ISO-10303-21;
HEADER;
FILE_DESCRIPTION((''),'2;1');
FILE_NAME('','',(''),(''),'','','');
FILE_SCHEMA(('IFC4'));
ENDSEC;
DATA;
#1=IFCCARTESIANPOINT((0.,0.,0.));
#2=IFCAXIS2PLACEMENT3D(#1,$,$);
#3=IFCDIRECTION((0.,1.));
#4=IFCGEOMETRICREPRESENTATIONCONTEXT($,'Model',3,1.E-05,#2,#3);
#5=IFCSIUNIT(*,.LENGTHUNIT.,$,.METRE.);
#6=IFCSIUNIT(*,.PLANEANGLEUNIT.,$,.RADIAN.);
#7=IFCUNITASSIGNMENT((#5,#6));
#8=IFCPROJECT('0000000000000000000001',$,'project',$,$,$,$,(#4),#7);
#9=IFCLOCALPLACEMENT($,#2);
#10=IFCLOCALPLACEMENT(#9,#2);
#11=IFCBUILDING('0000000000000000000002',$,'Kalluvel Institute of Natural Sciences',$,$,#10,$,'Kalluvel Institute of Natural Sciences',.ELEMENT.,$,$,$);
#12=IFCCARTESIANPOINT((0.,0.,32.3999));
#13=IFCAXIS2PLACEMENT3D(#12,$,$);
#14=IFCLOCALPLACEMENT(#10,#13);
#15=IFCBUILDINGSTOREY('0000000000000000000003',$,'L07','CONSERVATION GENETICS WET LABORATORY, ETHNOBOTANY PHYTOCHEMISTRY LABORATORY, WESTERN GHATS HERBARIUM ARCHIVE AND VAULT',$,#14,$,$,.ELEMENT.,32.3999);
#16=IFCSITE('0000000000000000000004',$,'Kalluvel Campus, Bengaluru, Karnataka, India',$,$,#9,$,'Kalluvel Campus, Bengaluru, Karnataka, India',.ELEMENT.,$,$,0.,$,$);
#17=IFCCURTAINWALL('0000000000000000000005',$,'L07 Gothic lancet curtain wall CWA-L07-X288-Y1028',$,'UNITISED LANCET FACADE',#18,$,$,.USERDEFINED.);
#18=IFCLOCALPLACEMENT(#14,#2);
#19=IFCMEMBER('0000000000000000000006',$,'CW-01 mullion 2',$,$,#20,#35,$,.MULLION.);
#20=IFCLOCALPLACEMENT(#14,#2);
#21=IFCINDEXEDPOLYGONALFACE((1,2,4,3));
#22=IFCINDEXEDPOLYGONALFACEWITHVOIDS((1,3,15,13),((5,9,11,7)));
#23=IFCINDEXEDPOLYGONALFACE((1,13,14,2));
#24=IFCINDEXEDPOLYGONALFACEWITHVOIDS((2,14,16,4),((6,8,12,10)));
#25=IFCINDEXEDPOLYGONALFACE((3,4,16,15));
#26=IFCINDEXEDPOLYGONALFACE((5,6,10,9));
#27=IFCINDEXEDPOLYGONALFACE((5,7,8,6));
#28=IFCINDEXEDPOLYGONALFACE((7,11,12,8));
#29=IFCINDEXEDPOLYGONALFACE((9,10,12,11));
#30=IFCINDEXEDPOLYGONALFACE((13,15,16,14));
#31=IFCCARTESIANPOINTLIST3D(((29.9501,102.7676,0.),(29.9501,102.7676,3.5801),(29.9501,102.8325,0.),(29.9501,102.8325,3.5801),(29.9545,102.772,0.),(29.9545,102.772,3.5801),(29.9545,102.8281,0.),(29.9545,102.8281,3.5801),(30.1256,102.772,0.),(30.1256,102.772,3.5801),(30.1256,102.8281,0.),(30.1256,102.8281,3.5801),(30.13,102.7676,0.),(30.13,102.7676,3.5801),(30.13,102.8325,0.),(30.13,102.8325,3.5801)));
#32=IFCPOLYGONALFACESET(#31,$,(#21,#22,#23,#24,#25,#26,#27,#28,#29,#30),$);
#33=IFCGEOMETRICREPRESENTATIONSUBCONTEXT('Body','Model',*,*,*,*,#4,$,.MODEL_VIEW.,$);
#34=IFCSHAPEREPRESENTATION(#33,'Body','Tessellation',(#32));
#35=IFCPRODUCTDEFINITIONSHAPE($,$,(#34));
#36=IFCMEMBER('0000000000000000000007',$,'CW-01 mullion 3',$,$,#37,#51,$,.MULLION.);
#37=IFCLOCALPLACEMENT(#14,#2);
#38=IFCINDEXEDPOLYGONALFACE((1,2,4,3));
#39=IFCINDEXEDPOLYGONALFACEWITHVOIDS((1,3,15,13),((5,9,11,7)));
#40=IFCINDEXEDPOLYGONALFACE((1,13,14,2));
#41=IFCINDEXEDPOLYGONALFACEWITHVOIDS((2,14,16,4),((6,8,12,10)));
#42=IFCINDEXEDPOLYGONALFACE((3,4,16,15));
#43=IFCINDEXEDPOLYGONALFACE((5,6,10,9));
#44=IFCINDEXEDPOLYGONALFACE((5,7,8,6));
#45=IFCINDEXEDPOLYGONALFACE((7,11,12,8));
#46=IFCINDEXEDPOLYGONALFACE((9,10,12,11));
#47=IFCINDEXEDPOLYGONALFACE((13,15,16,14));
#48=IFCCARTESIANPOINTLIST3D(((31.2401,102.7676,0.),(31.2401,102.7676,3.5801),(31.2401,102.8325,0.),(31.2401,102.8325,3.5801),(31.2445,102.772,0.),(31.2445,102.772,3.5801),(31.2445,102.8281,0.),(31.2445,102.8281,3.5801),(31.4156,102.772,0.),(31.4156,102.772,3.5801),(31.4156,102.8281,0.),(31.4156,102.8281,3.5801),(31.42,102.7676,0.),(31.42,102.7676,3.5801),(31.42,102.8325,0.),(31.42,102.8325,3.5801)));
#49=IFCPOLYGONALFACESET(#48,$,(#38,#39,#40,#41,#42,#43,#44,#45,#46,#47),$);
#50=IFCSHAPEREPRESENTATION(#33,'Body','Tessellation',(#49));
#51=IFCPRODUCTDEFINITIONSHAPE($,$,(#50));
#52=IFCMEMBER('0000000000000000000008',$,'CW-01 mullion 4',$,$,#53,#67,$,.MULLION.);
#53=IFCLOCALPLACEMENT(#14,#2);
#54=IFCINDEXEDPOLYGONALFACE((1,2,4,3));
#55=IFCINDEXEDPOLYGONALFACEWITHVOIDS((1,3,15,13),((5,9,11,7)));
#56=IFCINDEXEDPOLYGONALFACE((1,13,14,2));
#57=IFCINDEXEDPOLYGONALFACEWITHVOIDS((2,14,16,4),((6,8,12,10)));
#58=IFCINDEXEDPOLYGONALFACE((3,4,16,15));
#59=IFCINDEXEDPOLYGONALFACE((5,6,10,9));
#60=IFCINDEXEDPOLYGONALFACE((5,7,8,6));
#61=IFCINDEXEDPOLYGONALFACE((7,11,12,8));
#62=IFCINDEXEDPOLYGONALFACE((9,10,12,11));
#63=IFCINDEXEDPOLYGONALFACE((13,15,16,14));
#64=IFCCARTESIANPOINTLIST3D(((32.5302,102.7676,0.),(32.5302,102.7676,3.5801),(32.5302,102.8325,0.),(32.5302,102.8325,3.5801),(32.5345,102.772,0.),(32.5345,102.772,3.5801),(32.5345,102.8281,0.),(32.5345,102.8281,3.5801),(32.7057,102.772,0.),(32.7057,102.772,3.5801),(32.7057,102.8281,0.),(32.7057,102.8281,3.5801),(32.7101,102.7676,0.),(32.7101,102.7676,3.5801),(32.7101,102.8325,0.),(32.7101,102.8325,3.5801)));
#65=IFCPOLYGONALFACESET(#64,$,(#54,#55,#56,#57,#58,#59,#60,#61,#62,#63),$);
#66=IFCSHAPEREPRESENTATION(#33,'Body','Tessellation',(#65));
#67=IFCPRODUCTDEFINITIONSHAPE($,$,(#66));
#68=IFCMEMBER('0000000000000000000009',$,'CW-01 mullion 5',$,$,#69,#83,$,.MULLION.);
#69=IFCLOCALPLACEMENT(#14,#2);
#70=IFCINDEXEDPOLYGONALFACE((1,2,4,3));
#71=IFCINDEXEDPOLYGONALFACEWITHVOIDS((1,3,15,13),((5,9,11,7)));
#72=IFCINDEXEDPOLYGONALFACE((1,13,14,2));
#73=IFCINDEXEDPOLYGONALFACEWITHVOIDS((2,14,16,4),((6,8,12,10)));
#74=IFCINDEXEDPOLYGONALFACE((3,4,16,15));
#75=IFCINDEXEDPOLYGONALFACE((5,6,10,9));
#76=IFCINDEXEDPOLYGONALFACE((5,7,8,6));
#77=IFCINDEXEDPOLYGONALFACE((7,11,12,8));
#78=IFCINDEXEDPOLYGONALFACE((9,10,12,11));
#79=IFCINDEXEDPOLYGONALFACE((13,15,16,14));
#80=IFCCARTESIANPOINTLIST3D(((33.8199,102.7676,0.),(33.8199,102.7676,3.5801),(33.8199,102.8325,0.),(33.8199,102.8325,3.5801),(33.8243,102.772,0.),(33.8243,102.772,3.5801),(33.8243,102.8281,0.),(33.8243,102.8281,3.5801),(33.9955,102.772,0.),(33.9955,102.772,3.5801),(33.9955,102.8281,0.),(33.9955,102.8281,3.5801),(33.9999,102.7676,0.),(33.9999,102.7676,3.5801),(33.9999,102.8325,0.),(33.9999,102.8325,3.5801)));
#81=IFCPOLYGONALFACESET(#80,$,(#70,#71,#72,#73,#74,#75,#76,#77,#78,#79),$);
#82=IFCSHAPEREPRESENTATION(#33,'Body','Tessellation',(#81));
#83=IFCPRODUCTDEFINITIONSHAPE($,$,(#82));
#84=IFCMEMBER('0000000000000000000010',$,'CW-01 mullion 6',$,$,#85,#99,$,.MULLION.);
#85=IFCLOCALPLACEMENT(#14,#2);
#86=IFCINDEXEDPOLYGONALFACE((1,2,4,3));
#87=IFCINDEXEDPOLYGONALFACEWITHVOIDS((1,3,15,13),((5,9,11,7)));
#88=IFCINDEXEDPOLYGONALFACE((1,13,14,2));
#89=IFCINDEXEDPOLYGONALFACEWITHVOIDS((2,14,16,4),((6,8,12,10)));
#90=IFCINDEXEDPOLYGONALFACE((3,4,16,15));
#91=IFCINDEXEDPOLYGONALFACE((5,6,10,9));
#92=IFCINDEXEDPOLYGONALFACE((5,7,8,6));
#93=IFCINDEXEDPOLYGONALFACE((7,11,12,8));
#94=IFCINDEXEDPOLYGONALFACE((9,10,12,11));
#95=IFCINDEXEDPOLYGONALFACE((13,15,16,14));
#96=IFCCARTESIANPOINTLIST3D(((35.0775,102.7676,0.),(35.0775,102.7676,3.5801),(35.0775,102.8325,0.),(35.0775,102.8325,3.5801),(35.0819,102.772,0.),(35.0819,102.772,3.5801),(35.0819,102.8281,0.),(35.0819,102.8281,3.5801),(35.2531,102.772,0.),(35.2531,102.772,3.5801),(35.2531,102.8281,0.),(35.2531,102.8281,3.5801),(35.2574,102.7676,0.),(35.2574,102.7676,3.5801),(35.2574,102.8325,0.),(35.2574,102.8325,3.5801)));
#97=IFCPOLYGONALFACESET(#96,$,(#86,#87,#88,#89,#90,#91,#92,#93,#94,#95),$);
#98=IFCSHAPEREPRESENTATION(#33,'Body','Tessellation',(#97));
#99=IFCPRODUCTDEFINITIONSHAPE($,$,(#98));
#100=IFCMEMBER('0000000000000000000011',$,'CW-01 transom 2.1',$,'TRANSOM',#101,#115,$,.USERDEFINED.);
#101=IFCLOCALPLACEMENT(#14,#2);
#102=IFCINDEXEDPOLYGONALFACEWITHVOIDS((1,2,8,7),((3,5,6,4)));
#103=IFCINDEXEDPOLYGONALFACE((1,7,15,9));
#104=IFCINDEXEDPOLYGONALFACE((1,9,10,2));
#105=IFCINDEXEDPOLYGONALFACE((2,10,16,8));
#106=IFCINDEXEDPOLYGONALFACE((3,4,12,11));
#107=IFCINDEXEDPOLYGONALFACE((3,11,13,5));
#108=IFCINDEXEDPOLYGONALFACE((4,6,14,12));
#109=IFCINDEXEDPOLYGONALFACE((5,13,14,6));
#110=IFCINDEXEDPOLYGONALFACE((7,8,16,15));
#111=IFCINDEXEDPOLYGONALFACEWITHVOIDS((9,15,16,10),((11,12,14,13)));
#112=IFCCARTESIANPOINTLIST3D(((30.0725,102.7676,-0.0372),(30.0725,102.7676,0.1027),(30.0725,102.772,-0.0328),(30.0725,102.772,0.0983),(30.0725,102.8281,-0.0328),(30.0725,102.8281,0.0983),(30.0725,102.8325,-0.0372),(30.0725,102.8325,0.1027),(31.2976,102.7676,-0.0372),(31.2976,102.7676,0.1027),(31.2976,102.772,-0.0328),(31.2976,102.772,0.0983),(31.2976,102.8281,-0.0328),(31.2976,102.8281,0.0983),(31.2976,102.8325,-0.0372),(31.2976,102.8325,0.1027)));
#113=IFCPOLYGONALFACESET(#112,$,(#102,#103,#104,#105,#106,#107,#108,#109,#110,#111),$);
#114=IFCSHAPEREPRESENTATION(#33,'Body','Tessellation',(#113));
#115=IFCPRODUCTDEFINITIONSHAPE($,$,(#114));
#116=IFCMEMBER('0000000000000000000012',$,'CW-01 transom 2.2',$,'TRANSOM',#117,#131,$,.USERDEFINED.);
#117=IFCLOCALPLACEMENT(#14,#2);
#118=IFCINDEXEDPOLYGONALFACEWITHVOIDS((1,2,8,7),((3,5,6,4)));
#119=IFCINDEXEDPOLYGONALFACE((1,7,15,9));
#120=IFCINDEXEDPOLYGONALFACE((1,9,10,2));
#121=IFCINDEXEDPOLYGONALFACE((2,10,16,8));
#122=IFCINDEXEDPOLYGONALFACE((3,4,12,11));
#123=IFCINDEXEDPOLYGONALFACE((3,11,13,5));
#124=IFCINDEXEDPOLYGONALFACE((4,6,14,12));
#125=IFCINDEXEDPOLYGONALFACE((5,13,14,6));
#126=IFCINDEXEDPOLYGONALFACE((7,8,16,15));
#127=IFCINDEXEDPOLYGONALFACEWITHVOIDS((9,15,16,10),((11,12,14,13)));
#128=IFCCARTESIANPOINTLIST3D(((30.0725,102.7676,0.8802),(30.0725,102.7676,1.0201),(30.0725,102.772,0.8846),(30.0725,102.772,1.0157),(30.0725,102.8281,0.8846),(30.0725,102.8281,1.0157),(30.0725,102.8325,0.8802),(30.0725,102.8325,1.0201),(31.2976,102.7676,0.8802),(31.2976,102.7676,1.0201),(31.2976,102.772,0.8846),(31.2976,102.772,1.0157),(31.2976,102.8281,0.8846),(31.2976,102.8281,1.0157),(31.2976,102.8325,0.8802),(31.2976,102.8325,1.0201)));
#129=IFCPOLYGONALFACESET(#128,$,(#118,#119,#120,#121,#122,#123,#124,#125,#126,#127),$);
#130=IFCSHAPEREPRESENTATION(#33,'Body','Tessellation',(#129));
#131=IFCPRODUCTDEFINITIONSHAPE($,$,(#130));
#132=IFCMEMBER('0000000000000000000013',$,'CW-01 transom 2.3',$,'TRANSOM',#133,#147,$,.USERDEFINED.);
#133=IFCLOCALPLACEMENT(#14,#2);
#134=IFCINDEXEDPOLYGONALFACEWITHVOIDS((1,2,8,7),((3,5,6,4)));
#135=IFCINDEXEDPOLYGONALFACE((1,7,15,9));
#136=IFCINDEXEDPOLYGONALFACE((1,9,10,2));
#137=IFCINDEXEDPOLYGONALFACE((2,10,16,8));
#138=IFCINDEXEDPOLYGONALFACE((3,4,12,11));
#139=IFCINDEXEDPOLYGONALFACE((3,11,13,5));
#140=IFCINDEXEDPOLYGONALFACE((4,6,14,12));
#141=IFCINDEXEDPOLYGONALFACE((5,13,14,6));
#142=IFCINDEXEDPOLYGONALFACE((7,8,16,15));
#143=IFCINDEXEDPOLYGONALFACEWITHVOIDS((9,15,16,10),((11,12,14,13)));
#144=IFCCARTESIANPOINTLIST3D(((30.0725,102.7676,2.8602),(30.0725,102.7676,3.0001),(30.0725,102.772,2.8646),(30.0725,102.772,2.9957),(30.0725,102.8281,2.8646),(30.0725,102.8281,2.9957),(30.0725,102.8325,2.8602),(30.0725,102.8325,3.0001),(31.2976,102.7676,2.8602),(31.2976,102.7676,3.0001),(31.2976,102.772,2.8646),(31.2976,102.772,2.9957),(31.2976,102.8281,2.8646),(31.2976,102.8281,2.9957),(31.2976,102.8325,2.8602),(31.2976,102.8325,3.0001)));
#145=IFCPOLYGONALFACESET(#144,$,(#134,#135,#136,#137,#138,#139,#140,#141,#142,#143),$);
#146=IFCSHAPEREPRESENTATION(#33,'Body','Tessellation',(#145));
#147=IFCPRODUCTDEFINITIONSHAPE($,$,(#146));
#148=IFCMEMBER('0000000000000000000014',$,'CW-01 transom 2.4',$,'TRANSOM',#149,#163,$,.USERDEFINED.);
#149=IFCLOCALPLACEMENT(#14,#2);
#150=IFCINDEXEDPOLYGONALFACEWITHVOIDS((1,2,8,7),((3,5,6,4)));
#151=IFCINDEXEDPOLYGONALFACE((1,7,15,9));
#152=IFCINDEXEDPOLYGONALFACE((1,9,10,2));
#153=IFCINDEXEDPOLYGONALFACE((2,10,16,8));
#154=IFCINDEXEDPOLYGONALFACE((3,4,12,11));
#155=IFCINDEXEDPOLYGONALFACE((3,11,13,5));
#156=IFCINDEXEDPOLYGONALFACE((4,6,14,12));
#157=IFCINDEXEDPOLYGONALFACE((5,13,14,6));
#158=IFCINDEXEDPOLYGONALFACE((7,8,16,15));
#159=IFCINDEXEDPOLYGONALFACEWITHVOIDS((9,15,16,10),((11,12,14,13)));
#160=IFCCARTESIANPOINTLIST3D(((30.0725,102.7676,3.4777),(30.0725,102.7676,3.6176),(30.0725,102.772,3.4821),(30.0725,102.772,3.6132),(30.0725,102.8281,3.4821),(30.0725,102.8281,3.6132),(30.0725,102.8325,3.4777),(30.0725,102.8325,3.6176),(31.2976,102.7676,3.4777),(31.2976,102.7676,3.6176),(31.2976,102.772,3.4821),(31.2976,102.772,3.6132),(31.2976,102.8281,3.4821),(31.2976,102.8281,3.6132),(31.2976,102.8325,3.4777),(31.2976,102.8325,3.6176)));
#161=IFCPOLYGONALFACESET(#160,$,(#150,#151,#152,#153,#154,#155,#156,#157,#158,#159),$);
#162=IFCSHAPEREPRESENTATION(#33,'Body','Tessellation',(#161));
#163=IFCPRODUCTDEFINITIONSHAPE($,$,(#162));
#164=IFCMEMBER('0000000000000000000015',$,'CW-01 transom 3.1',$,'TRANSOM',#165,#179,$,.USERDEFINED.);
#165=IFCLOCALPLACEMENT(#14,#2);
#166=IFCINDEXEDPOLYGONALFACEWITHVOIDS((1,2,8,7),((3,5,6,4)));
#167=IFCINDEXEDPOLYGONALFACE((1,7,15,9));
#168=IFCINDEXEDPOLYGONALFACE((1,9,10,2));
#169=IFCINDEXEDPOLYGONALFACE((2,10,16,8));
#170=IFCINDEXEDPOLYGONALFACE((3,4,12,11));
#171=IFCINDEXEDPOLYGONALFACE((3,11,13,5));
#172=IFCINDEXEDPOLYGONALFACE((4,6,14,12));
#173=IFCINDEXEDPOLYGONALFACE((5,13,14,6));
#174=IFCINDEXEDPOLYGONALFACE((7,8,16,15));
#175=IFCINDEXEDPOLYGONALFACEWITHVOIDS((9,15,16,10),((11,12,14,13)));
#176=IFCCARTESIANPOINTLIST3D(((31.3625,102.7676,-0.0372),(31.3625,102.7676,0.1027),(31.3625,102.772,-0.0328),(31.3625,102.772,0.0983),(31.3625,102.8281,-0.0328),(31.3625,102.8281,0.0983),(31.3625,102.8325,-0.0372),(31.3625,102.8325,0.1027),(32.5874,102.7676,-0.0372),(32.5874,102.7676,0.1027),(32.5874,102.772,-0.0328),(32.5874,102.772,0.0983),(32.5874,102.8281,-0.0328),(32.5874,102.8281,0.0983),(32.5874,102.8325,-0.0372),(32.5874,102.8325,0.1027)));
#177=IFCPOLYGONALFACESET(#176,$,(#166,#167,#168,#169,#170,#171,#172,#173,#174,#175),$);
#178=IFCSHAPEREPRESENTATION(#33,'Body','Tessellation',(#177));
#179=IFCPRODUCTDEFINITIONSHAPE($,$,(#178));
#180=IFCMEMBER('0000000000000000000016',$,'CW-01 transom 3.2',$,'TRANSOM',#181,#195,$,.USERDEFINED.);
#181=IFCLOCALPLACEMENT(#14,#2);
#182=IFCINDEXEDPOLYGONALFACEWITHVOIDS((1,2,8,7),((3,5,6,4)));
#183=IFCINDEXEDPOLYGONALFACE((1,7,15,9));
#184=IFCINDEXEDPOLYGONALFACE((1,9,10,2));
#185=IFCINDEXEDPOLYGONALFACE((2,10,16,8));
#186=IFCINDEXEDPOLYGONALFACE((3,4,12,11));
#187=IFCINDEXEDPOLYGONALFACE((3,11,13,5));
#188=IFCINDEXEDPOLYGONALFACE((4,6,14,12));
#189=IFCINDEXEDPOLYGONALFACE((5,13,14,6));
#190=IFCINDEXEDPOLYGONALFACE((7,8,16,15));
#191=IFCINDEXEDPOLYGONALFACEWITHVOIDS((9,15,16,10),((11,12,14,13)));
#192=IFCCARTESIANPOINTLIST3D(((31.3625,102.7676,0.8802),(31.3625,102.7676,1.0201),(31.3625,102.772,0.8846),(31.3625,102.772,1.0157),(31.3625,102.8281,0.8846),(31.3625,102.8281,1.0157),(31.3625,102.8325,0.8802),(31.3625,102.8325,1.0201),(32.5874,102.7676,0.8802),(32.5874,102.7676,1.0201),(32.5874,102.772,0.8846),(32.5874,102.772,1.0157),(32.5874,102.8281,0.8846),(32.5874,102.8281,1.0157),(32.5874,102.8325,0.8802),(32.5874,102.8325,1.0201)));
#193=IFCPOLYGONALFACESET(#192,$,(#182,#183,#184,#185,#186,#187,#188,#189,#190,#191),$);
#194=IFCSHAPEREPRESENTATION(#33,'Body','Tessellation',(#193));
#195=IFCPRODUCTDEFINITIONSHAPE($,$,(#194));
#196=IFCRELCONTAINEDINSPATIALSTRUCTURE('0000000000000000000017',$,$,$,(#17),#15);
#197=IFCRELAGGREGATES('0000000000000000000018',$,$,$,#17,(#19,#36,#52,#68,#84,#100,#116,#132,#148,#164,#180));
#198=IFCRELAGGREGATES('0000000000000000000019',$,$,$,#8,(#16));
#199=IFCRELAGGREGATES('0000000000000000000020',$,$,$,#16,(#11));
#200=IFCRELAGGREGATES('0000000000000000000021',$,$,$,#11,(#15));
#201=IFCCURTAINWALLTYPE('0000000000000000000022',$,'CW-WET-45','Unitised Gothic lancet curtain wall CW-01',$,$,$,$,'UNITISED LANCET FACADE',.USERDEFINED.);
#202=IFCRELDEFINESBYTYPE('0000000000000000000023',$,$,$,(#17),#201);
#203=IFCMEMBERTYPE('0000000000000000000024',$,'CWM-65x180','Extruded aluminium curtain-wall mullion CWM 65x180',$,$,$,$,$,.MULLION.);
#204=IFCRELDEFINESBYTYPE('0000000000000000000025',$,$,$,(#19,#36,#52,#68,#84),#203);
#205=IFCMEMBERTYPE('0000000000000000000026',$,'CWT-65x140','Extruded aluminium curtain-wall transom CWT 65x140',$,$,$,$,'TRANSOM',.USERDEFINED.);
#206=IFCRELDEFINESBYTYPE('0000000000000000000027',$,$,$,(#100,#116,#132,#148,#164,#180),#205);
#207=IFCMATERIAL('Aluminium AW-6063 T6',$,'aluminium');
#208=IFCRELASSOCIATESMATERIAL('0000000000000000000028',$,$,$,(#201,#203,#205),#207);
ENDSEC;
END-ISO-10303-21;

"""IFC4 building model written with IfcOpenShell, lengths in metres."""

from ifc_helpers import new_model, si_unit, direction, frame, origin, origin_2d, place, context, subcontext, project, spatial, hollow_rectangle, extrude, material, material_profile, profile_set, type_object, element, aggregate, save


model = new_model("IFC4")

# Units and contexts
model_context = context("Model", 3, precision=1e-05, world=origin(), true_north=direction((0.0, 1.0)))
body_context = subcontext(model_context, "Body", "Model", "MODEL_VIEW")
ifc_project = project(units=[si_unit("LENGTHUNIT", "METRE"), si_unit("PLANEANGLEUNIT", "RADIAN")], contexts=[model_context])

# Site, building, storey
site_placement = place(None, origin())
site = spatial("IfcSite", under=ifc_project, at=site_placement, Name="Kalluvel Campus, Bengaluru, Karnataka, India", LongName="Kalluvel Campus, Bengaluru, Karnataka, India", CompositionType="ELEMENT", RefElevation=0.0)
building_placement = place(site_placement, origin())
building = spatial("IfcBuilding", under=site, at=building_placement, Name="Kalluvel Institute of Natural Sciences", LongName="Kalluvel Institute of Natural Sciences", CompositionType="ELEMENT")
storey_placement = place(building_placement, frame((0.0, 0.0, 32.3999)))
storey = spatial("IfcBuildingStorey", under=building, at=storey_placement, Name="L07", Description="CONSERVATION GENETICS WET LABORATORY, ETHNOBOTANY PHYTOCHEMISTRY LABORATORY, WESTERN GHATS HERBARIUM ARCHIVE AND VAULT", CompositionType="ELEMENT", Elevation=32.3999)

# Curtain wall, members
ifc_material_1 = material(Name="Aluminium AW-6063 T6", Category="aluminium")
curtain_wall_type = type_object("IfcCurtainWallType", Name="CW-WET-45", Description="Unitised Gothic lancet curtain wall CW-01", ElementType="UNITISED LANCET FACADE", PredefinedType="USERDEFINED", material=ifc_material_1)
curtain_wall_placement = place(storey_placement, origin())
curtain_wall = element("IfcCurtainWall", 1, at=curtain_wall_placement, inside=storey, type_object=curtain_wall_type, Name="L07 Gothic lancet curtain wall CWA-L07-X288-Y1028", ObjectType="UNITISED LANCET FACADE", PredefinedType="USERDEFINED")
ifc_material_profile_1 = material_profile(ifc_material_1, hollow_rectangle(XDim=0.0649, YDim=0.1799, WallThickness=0.0044, at=origin_2d()), Name="CWM 65x180")
ifc_profile_set_1 = profile_set([ifc_material_profile_1], Name="Aluminium AW-6063 T6")
member_type_1 = type_object("IfcMemberType", Name="CWM-65x180", Description="Extruded aluminium curtain-wall mullion CWM 65x180", PredefinedType="MULLION", material=ifc_profile_set_1)
member_1_placement = place(storey_placement, frame((30.04, 102.8, 0.0), z_axis=(0.0, 0.0, 1.0), x_axis=(0.0, 1.0, 0.0)))
member_1 = element("IfcMember", 2, at=member_1_placement, type_object=member_type_1, Name="CW-01 mullion 2", PredefinedType="MULLION", context=body_context, shape_type="SweptSolid", body=[
    extrude(hollow_rectangle(XDim=0.0649, YDim=0.1799, WallThickness=0.0044, at=origin_2d()), origin(), (0.0, 0.0, 1.0), 3.5801),
])
member_2_placement = place(storey_placement, frame((31.3301, 102.8, 0.0), z_axis=(0.0, 0.0, 1.0), x_axis=(0.0, 1.0, 0.0)))
member_2 = element("IfcMember", 3, at=member_2_placement, type_object=member_type_1, Name="CW-01 mullion 3", PredefinedType="MULLION", context=body_context, shape_type="SweptSolid", body=[
    extrude(hollow_rectangle(XDim=0.0649, YDim=0.1799, WallThickness=0.0044, at=origin_2d()), origin(), (0.0, 0.0, 1.0), 3.5801),
])
member_3_placement = place(storey_placement, frame((32.6201, 102.8, 0.0), z_axis=(0.0, 0.0, 1.0), x_axis=(0.0, 1.0, 0.0)))
member_3 = element("IfcMember", 4, at=member_3_placement, type_object=member_type_1, Name="CW-01 mullion 4", PredefinedType="MULLION", context=body_context, shape_type="SweptSolid", body=[
    extrude(hollow_rectangle(XDim=0.0649, YDim=0.1799, WallThickness=0.0044, at=origin_2d()), origin(), (0.0, 0.0, 1.0), 3.5801),
])
member_4_placement = place(storey_placement, frame((33.9099, 102.8, 0.0), z_axis=(0.0, 0.0, 1.0), x_axis=(0.0, 1.0, 0.0)))
member_4 = element("IfcMember", 5, at=member_4_placement, type_object=member_type_1, Name="CW-01 mullion 5", PredefinedType="MULLION", context=body_context, shape_type="SweptSolid", body=[
    extrude(hollow_rectangle(XDim=0.0649, YDim=0.1799, WallThickness=0.0044, at=origin_2d()), origin(), (0.0, 0.0, 1.0), 3.5801),
])
member_5_placement = place(storey_placement, frame((35.1675, 102.8, 0.0), z_axis=(0.0, 0.0, 1.0), x_axis=(0.0, 1.0, 0.0)))
member_5 = element("IfcMember", 6, at=member_5_placement, type_object=member_type_1, Name="CW-01 mullion 6", PredefinedType="MULLION", context=body_context, shape_type="SweptSolid", body=[
    extrude(hollow_rectangle(XDim=0.0649, YDim=0.1799, WallThickness=0.0044, at=origin_2d()), origin(), (0.0, 0.0, 1.0), 3.5801),
])
ifc_material_profile_2 = material_profile(ifc_material_1, hollow_rectangle(XDim=0.0649, YDim=0.1399, WallThickness=0.0044, at=origin_2d()), Name="CWT 65x140")
ifc_profile_set_2 = profile_set([ifc_material_profile_2], Name="Aluminium AW-6063 T6")
member_type_2 = type_object("IfcMemberType", Name="CWT-65x140", Description="Extruded aluminium curtain-wall transom CWT 65x140", ElementType="TRANSOM", PredefinedType="USERDEFINED", material=ifc_profile_set_2)
member_6_placement = place(storey_placement, frame((30.0725, 102.8, 0.0327), z_axis=(1.0, 0.0, 0.0), x_axis=(0.0, 1.0, 0.0)))
member_6 = element("IfcMember", 7, at=member_6_placement, type_object=member_type_2, Name="CW-01 transom 2.1", ObjectType="TRANSOM", PredefinedType="USERDEFINED", context=body_context, shape_type="SweptSolid", body=[
    extrude(hollow_rectangle(XDim=0.0649, YDim=0.1399, WallThickness=0.0044, at=origin_2d()), origin(), (0.0, 0.0, 1.0), 1.2251),
])
member_7_placement = place(storey_placement, frame((30.0725, 102.8, 0.9502), z_axis=(1.0, 0.0, 0.0), x_axis=(0.0, 1.0, 0.0)))
member_7 = element("IfcMember", 8, at=member_7_placement, type_object=member_type_2, Name="CW-01 transom 2.2", ObjectType="TRANSOM", PredefinedType="USERDEFINED", context=body_context, shape_type="SweptSolid", body=[
    extrude(hollow_rectangle(XDim=0.0649, YDim=0.1399, WallThickness=0.0044, at=origin_2d()), origin(), (0.0, 0.0, 1.0), 1.2251),
])
member_8_placement = place(storey_placement, frame((30.0725, 102.8, 2.9302), z_axis=(1.0, 0.0, 0.0), x_axis=(0.0, 1.0, 0.0)))
member_8 = element("IfcMember", 9, at=member_8_placement, type_object=member_type_2, Name="CW-01 transom 2.3", ObjectType="TRANSOM", PredefinedType="USERDEFINED", context=body_context, shape_type="SweptSolid", body=[
    extrude(hollow_rectangle(XDim=0.0649, YDim=0.1399, WallThickness=0.0044, at=origin_2d()), origin(), (0.0, 0.0, 1.0), 1.2251),
])
member_9_placement = place(storey_placement, frame((30.0725, 102.8, 3.5476), z_axis=(1.0, 0.0, 0.0), x_axis=(0.0, 1.0, 0.0)))
member_9 = element("IfcMember", 10, at=member_9_placement, type_object=member_type_2, Name="CW-01 transom 2.4", ObjectType="TRANSOM", PredefinedType="USERDEFINED", context=body_context, shape_type="SweptSolid", body=[
    extrude(hollow_rectangle(XDim=0.0649, YDim=0.1399, WallThickness=0.0044, at=origin_2d()), origin(), (0.0, 0.0, 1.0), 1.2251),
])
member_10_placement = place(storey_placement, frame((31.3625, 102.8, 0.0327), z_axis=(1.0, 0.0, 0.0), x_axis=(0.0, 1.0, 0.0)))
member_10 = element("IfcMember", 11, at=member_10_placement, type_object=member_type_2, Name="CW-01 transom 3.1", ObjectType="TRANSOM", PredefinedType="USERDEFINED", context=body_context, shape_type="SweptSolid", body=[
    extrude(hollow_rectangle(XDim=0.0649, YDim=0.1399, WallThickness=0.0044, at=origin_2d()), origin(), (0.0, 0.0, 1.0), 1.2249),
])
member_11_placement = place(storey_placement, frame((31.3625, 102.8, 0.9502), z_axis=(1.0, 0.0, 0.0), x_axis=(0.0, 1.0, 0.0)))
member_11 = element("IfcMember", 12, at=member_11_placement, type_object=member_type_2, Name="CW-01 transom 3.2", ObjectType="TRANSOM", PredefinedType="USERDEFINED", context=body_context, shape_type="SweptSolid", body=[
    extrude(hollow_rectangle(XDim=0.0649, YDim=0.1399, WallThickness=0.0044, at=origin_2d()), origin(), (0.0, 0.0, 1.0), 1.2249),
])

aggregate(curtain_wall, [member_1, member_2, member_3, member_4, member_5, member_6, member_7, member_8, member_9, member_10, member_11])

save(model, "model.ifc")
